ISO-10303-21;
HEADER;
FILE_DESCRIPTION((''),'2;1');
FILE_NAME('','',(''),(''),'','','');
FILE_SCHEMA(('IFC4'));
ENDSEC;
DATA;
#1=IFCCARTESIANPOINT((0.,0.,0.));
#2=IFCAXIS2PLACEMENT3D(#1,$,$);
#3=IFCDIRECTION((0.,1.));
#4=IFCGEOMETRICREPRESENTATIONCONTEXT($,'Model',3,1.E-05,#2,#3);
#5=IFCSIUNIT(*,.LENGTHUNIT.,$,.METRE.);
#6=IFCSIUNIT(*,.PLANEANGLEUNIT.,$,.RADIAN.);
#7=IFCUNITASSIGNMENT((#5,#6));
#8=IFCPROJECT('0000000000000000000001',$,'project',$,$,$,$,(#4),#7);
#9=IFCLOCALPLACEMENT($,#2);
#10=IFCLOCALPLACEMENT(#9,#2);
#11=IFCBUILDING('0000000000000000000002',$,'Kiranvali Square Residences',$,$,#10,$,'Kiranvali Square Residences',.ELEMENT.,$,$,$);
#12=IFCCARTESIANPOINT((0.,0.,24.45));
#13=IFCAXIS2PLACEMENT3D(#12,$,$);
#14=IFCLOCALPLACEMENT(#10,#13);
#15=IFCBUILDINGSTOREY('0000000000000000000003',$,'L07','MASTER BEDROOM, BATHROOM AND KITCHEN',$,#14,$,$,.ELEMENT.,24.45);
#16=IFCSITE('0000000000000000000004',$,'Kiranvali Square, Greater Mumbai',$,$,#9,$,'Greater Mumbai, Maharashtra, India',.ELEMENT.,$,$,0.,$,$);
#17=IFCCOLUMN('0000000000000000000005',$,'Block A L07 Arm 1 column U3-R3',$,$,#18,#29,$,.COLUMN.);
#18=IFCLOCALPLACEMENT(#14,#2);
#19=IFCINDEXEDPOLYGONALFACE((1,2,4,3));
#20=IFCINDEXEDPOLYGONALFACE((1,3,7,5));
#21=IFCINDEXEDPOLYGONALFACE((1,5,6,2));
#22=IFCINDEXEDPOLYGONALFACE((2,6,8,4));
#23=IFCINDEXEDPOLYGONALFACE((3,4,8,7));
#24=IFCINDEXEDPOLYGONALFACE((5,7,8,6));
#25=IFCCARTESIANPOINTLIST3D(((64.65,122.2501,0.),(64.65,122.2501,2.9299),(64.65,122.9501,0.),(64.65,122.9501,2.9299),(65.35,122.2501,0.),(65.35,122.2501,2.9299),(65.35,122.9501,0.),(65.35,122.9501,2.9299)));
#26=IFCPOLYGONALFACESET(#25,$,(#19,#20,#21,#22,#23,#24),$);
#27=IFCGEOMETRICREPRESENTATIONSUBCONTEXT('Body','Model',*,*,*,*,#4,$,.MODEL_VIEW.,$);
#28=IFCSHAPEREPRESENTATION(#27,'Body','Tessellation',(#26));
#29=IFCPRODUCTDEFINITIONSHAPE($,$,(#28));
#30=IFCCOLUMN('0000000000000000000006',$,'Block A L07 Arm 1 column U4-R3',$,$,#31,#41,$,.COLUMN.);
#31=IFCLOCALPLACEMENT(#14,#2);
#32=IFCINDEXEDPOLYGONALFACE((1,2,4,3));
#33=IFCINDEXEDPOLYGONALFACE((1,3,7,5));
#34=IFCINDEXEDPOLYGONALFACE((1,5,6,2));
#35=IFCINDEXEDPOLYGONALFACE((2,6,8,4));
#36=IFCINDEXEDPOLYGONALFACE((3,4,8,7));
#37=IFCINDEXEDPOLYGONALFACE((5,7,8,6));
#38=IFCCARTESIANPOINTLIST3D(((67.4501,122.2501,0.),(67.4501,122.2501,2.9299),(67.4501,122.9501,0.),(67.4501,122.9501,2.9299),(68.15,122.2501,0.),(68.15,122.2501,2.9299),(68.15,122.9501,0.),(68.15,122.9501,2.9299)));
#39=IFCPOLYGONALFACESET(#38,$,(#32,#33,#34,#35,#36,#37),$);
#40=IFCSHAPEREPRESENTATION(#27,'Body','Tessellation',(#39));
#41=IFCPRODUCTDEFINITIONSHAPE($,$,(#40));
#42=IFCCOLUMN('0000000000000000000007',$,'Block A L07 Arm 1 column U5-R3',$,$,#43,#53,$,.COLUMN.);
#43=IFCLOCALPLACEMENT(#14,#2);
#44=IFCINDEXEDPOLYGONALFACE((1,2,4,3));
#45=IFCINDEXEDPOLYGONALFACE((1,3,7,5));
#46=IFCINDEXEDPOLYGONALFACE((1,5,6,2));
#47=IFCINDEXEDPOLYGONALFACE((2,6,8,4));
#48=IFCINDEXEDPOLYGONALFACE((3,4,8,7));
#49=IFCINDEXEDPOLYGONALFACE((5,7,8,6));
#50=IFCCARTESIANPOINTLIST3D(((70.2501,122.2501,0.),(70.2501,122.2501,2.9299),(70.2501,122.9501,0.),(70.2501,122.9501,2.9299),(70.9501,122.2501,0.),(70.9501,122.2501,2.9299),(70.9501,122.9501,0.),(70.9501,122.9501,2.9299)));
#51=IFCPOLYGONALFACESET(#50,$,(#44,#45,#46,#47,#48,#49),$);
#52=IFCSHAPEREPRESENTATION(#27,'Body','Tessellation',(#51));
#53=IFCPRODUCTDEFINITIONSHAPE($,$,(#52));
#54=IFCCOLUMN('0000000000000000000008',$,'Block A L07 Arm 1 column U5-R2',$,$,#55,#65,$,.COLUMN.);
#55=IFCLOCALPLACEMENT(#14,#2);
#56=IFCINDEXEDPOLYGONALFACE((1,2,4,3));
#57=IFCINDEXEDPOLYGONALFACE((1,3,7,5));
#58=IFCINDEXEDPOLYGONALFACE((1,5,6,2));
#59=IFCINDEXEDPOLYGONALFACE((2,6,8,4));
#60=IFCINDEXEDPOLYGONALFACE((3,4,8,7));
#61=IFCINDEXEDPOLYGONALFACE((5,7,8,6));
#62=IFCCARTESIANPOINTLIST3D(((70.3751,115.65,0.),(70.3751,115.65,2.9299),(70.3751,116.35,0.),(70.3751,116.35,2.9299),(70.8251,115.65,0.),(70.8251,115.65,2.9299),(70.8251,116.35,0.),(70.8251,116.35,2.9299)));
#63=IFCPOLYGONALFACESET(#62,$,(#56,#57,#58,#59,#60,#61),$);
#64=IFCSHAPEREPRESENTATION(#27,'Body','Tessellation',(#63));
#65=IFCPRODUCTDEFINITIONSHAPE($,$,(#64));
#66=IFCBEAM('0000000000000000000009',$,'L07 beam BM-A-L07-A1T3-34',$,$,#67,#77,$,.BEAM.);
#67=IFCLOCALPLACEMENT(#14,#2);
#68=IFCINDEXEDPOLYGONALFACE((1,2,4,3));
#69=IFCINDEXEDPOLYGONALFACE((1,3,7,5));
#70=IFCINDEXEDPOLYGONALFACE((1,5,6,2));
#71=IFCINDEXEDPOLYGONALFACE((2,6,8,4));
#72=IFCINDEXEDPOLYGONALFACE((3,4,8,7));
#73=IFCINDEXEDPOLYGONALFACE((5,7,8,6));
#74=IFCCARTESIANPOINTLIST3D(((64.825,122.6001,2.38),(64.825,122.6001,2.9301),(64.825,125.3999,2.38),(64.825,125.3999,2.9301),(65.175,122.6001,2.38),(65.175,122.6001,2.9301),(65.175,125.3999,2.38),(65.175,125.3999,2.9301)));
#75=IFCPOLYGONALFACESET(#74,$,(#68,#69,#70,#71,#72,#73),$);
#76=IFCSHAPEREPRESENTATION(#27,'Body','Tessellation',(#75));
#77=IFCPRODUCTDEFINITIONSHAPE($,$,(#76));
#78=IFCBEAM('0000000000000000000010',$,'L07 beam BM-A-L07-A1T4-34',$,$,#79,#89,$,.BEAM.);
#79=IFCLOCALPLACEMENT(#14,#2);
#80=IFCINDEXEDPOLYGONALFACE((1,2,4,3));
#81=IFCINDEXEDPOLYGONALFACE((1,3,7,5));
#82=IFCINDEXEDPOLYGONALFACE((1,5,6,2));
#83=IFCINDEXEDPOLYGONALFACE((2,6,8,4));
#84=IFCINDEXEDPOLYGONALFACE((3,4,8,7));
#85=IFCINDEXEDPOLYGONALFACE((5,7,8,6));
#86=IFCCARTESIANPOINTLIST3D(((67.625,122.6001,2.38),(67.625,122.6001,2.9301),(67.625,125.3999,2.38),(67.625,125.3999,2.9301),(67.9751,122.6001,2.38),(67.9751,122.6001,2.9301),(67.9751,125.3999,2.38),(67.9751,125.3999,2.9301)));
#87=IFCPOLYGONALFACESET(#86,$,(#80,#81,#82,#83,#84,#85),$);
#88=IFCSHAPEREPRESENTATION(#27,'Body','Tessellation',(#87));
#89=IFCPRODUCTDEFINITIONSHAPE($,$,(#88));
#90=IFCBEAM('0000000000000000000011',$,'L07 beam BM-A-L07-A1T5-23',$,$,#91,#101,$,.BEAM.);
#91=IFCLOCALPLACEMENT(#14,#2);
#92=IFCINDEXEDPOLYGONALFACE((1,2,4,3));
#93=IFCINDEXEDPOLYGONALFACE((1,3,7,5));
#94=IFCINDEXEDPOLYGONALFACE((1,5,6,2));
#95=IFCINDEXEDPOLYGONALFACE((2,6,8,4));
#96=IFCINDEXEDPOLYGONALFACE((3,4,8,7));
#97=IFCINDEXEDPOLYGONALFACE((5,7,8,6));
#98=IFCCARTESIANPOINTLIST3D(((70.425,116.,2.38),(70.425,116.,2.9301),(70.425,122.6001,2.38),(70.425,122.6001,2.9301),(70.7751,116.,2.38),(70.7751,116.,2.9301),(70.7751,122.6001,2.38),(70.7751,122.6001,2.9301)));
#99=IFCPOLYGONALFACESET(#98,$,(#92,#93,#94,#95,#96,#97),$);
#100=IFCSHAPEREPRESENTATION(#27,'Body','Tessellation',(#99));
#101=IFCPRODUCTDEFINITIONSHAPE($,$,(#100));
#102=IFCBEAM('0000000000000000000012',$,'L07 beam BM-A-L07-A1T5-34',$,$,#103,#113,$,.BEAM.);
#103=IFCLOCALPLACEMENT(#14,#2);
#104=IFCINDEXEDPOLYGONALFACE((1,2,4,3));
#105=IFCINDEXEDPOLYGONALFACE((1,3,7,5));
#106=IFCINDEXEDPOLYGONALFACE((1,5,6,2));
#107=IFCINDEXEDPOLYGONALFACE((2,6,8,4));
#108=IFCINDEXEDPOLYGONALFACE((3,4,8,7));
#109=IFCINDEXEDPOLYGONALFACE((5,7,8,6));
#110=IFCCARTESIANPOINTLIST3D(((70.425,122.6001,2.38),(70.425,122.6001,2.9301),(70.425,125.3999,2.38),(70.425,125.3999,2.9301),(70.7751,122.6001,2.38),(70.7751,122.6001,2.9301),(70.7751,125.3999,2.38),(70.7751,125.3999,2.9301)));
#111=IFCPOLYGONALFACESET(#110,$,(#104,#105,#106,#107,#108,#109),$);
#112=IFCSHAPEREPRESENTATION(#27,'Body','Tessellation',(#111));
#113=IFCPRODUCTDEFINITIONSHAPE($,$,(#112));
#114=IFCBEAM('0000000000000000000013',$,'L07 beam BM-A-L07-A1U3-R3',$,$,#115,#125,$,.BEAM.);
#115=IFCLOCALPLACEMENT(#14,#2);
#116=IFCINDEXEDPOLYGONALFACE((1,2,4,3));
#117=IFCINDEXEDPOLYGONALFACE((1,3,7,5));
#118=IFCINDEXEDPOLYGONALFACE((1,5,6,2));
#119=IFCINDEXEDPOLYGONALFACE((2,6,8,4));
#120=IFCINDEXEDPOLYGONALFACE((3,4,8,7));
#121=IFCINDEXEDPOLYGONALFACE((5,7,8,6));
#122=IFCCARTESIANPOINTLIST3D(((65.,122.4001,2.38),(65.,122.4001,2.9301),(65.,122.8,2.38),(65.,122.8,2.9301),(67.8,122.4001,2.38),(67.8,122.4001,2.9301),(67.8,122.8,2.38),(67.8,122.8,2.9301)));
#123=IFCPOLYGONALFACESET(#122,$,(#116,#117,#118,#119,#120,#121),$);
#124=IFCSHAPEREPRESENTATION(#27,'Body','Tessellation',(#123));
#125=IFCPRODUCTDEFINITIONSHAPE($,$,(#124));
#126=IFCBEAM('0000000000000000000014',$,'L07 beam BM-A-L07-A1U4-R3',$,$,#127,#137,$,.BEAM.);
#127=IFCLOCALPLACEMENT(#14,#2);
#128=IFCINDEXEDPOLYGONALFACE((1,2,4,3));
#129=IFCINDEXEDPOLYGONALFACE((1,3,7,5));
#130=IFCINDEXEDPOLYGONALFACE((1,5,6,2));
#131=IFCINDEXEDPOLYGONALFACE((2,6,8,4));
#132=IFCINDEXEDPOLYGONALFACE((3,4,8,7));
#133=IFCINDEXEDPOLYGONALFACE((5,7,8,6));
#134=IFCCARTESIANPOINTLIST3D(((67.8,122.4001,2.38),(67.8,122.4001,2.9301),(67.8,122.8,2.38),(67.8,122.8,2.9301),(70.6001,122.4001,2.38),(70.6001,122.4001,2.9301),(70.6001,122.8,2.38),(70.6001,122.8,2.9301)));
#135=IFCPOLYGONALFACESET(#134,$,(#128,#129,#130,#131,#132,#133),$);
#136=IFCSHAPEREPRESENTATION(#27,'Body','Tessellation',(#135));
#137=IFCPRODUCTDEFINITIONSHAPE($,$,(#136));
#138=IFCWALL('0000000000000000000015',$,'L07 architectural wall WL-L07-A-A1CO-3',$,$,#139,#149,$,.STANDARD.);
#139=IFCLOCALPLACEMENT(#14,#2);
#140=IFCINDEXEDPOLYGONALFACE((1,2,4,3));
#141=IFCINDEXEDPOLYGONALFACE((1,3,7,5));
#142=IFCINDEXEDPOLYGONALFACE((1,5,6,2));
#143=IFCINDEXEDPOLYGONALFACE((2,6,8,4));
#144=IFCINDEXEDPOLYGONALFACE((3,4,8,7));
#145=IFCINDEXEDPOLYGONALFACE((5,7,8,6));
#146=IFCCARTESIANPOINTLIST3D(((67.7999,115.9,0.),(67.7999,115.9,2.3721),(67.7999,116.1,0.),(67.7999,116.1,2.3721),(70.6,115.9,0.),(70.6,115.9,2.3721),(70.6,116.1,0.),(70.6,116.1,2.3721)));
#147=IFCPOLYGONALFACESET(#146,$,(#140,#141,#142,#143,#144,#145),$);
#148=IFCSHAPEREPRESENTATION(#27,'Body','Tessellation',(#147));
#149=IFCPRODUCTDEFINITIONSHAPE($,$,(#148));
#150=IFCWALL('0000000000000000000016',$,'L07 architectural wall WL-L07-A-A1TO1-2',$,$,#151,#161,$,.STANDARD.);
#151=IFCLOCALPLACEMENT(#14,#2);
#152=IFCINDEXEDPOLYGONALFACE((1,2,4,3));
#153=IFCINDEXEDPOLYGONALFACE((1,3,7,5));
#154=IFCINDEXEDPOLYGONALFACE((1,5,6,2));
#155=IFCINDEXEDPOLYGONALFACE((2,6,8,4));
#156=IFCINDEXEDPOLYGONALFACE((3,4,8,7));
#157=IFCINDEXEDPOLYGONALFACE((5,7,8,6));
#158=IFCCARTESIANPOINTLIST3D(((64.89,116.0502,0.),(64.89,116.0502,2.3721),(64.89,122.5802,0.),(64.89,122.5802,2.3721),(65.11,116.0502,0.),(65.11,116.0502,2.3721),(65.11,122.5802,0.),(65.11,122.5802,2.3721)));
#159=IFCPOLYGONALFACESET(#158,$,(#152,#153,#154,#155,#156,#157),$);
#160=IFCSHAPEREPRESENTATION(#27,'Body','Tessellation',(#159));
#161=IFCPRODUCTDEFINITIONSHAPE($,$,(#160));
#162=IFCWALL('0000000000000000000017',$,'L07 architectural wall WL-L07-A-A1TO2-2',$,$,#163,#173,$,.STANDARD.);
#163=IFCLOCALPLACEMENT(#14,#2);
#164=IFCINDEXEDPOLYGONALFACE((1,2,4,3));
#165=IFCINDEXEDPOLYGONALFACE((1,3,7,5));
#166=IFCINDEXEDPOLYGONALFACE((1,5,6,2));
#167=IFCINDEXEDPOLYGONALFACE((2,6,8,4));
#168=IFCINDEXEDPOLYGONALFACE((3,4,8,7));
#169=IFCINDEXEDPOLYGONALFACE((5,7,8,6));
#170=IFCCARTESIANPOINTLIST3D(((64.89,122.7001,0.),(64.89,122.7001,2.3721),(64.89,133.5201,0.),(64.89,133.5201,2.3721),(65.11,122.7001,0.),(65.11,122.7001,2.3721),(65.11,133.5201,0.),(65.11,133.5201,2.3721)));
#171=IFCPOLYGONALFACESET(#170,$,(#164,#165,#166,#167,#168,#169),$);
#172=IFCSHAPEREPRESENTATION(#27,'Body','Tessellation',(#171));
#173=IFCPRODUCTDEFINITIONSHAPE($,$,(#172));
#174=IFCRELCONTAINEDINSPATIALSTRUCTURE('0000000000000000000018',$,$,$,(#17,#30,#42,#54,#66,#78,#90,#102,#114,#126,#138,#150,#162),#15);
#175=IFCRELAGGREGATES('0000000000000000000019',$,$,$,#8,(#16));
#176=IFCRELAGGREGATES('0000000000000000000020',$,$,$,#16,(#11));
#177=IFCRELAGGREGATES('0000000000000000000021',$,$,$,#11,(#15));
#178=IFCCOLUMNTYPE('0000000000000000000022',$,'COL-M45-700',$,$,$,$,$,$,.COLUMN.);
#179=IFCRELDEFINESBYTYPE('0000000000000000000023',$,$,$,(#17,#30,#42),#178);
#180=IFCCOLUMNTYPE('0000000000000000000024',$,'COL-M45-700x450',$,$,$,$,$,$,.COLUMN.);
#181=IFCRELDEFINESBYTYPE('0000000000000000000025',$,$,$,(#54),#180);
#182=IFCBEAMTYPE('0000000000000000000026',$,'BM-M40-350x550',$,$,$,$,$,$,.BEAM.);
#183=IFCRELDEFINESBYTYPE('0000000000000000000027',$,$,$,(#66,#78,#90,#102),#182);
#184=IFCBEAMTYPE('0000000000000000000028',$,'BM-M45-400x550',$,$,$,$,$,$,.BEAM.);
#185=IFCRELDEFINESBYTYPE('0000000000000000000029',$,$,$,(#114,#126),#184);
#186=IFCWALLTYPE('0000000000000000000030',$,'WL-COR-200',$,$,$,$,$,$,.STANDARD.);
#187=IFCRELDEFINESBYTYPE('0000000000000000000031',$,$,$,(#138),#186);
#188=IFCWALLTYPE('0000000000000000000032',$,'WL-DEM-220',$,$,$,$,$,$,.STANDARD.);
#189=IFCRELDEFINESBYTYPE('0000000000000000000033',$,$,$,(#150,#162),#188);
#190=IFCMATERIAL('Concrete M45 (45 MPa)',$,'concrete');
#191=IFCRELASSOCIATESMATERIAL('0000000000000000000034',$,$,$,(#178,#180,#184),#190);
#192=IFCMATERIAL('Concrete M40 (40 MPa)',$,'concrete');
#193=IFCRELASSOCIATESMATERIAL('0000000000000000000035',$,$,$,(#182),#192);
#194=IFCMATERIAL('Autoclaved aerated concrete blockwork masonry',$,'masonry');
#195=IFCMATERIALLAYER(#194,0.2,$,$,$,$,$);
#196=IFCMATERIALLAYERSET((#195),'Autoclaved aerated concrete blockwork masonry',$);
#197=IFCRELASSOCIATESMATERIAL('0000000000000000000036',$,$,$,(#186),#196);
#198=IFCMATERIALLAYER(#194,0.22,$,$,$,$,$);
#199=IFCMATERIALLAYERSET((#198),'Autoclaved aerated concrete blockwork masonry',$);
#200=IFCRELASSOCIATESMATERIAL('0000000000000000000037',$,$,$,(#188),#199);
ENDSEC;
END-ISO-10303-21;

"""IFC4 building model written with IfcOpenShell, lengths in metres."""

from ifc_helpers import new_model, si_unit, direction, frame, frame_2d, origin, origin_2d, place, context, subcontext, project, spatial, rectangle, extrude, material, layer, layer_set, material_profile, profile_set, type_object, element, save


model = new_model("IFC4")

# Units and contexts
model_context = context("Model", 3, precision=1e-05, world=origin(), true_north=direction((0.0, 1.0)))
body_context = subcontext(model_context, "Body", "Model", "MODEL_VIEW")
ifc_project = project(units=[si_unit("LENGTHUNIT", "METRE"), si_unit("PLANEANGLEUNIT", "RADIAN")], contexts=[model_context])

# Site, building, storey
site_placement = place(None, origin())
site = spatial("IfcSite", under=ifc_project, at=site_placement, Name="Kiranvali Square, Greater Mumbai", LongName="Greater Mumbai, Maharashtra, India", CompositionType="ELEMENT", RefElevation=0.0)
building_placement = place(site_placement, origin())
building = spatial("IfcBuilding", under=site, at=building_placement, Name="Kiranvali Square Residences", LongName="Kiranvali Square Residences", CompositionType="ELEMENT")
storey_placement = place(building_placement, frame((0.0, 0.0, 24.45)))
storey = spatial("IfcBuildingStorey", under=building, at=storey_placement, Name="L07", Description="MASTER BEDROOM, BATHROOM AND KITCHEN", CompositionType="ELEMENT", Elevation=24.45)

# Columns
ifc_material_1 = material(Name="Concrete M45 (45 MPa)", Category="concrete")
ifc_material_profile_1 = material_profile(ifc_material_1, rectangle(XDim=0.7, YDim=0.7, at=origin_2d()), Name="RC 700x700")
ifc_profile_set_1 = profile_set([ifc_material_profile_1], Name="Concrete M45 (45 MPa)")
column_type_1 = type_object("IfcColumnType", Name="COL-M45-700", PredefinedType="COLUMN", material=ifc_profile_set_1)
for number, where, z_axis, x_axis, name in (
    (1, (65.0, 122.6001, 0.0), (0.0, 0.0, 1.0), (1.0, 0.0, 0.0), "Block A L07 Arm 1 column U3-R3"),
    (2, (67.8, 122.6001, 0.0), (0.0, 0.0, 1.0), (1.0, 0.0, 0.0), "Block A L07 Arm 1 column U4-R3"),
    (3, (70.6001, 122.6001, 0.0), (0.0, 0.0, 1.0), (1.0, 0.0, 0.0), "Block A L07 Arm 1 column U5-R3"),
):
    element("IfcColumn", number, at=place(storey_placement, frame(where, z_axis=z_axis, x_axis=x_axis)), inside=storey, type_object=column_type_1, Name=name, PredefinedType="COLUMN", context=body_context, shape_type="SweptSolid", body=[
        extrude(rectangle(XDim=0.7, YDim=0.7, at=origin_2d()), origin(), (0.0, 0.0, 1.0), 2.9299),
    ])
ifc_material_profile_2 = material_profile(ifc_material_1, rectangle(XDim=0.45, YDim=0.7, at=origin_2d()), Name="RC 700x450")
ifc_profile_set_2 = profile_set([ifc_material_profile_2], Name="Concrete M45 (45 MPa)")
column_type_2 = type_object("IfcColumnType", Name="COL-M45-700x450", PredefinedType="COLUMN", material=ifc_profile_set_2)
column_placement = place(storey_placement, frame((70.6001, 116.0, 0.0), z_axis=(0.0, 0.0, 1.0), x_axis=(1.0, 0.0, 0.0)))
element("IfcColumn", 4, at=column_placement, inside=storey, type_object=column_type_2, Name="Block A L07 Arm 1 column U5-R2", PredefinedType="COLUMN", context=body_context, shape_type="SweptSolid", body=[
    extrude(rectangle(XDim=0.45, YDim=0.7, at=origin_2d()), origin(), (0.0, 0.0, 1.0), 2.9299),
])

# Beams
ifc_material_2 = material(Name="Concrete M40 (40 MPa)", Category="concrete")
ifc_material_profile_3 = material_profile(ifc_material_2, rectangle(XDim=0.3501, YDim=0.55, at=origin_2d()), Name="RC 350x550")
ifc_profile_set_3 = profile_set([ifc_material_profile_3], Name="Concrete M40 (40 MPa)")
beam_type_1 = type_object("IfcBeamType", Name="BM-M40-350x550", PredefinedType="BEAM", material=ifc_profile_set_3)
for number, where, z_axis, x_axis, name in (
    (5, (65.0, 122.6001, 2.655), (0.0, 1.0, 0.0), (-1.0, 0.0, 0.0), "L07 beam BM-A-L07-A1T3-34"),
    (6, (67.8, 122.6001, 2.655), (0.0, 1.0, 0.0), (-1.0, 0.0, 0.0), "L07 beam BM-A-L07-A1T4-34"),
):
    element("IfcBeam", number, at=place(storey_placement, frame(where, z_axis=z_axis, x_axis=x_axis)), inside=storey, type_object=beam_type_1, Name=name, PredefinedType="BEAM", context=body_context, shape_type="SweptSolid", body=[
        extrude(rectangle(XDim=0.3501, YDim=0.55, at=origin_2d()), origin(), (0.0, 0.0, 1.0), 2.7998),
    ])
beam_1_placement = place(storey_placement, frame((70.6001, 116.0, 2.655), z_axis=(0.0, 1.0, 0.0), x_axis=(-1.0, 0.0, 0.0)))
element("IfcBeam", 7, at=beam_1_placement, inside=storey, type_object=beam_type_1, Name="L07 beam BM-A-L07-A1T5-23", PredefinedType="BEAM", context=body_context, shape_type="SweptSolid", body=[
    extrude(rectangle(XDim=0.3501, YDim=0.55, at=origin_2d()), origin(), (0.0, 0.0, 1.0), 6.6001),
])
beam_2_placement = place(storey_placement, frame((70.6001, 122.6001, 2.655), z_axis=(0.0, 1.0, 0.0), x_axis=(-1.0, 0.0, 0.0)))
element("IfcBeam", 8, at=beam_2_placement, inside=storey, type_object=beam_type_1, Name="L07 beam BM-A-L07-A1T5-34", PredefinedType="BEAM", context=body_context, shape_type="SweptSolid", body=[
    extrude(rectangle(XDim=0.3501, YDim=0.55, at=origin_2d()), origin(), (0.0, 0.0, 1.0), 2.7998),
])
ifc_material_profile_4 = material_profile(ifc_material_1, rectangle(XDim=0.3999, YDim=0.55, at=origin_2d()), Name="RC 400x550")
ifc_profile_set_4 = profile_set([ifc_material_profile_4], Name="Concrete M45 (45 MPa)")
beam_type_2 = type_object("IfcBeamType", Name="BM-M45-400x550", PredefinedType="BEAM", material=ifc_profile_set_4)
for number, where, z_axis, x_axis, name in (
    (9, (65.0, 122.6001, 2.655), (1.0, 0.0, 0.0), (0.0, 1.0, 0.0), "L07 beam BM-A-L07-A1U3-R3"),
    (10, (67.8, 122.6001, 2.655), (1.0, 0.0, 0.0), (0.0, 1.0, 0.0), "L07 beam BM-A-L07-A1U4-R3"),
):
    element("IfcBeam", number, at=place(storey_placement, frame(where, z_axis=z_axis, x_axis=x_axis)), inside=storey, type_object=beam_type_2, Name=name, PredefinedType="BEAM", context=body_context, shape_type="SweptSolid", body=[
        extrude(rectangle(XDim=0.3999, YDim=0.55, at=origin_2d()), origin(), (0.0, 0.0, 1.0), 2.8),
    ])

# Walls
ifc_material_3 = material(Name="Autoclaved aerated concrete blockwork masonry", Category="masonry")
ifc_layer_1 = layer(ifc_material_3, 0.2)
ifc_layer_set_1 = layer_set([ifc_layer_1], Name="Autoclaved aerated concrete blockwork masonry")
wall_type_1 = type_object("IfcWallType", Name="WL-COR-200", PredefinedType="STANDARD", material=ifc_layer_set_1)
wall_1_placement = place(storey_placement, frame((67.8, 116.0, 0.0), z_axis=(0.0, 0.0, 1.0), x_axis=(1.0, 0.0, 0.0)))
element("IfcWall", 11, at=wall_1_placement, inside=storey, type_object=wall_type_1, Name="L07 architectural wall WL-L07-A-A1CO-3", PredefinedType="STANDARD", context=body_context, shape_type="SweptSolid", body=[
    extrude(rectangle(XDim=2.8, YDim=0.2, at=frame_2d((1.3999, 0.0))), origin(), (0.0, 0.0, 1.0), 2.3721),
])
ifc_layer_2 = layer(ifc_material_3, 0.22)
ifc_layer_set_2 = layer_set([ifc_layer_2], Name="Autoclaved aerated concrete blockwork masonry")
wall_type_2 = type_object("IfcWallType", Name="WL-DEM-220", PredefinedType="STANDARD", material=ifc_layer_set_2)
wall_2_placement = place(storey_placement, frame((65.0, 116.05, 0.0), z_axis=(0.0, 0.0, 1.0), x_axis=(0.0, 1.0, 0.0)))
element("IfcWall", 12, at=wall_2_placement, inside=storey, type_object=wall_type_2, Name="L07 architectural wall WL-L07-A-A1TO1-2", PredefinedType="STANDARD", context=body_context, shape_type="SweptSolid", body=[
    extrude(rectangle(XDim=6.53, YDim=0.22, at=frame_2d((3.2651, 0.0))), origin(), (0.0, 0.0, 1.0), 2.3721),
])
wall_3_placement = place(storey_placement, frame((65.0, 122.7, 0.0), z_axis=(0.0, 0.0, 1.0), x_axis=(0.0, 1.0, 0.0)))
element("IfcWall", 13, at=wall_3_placement, inside=storey, type_object=wall_type_2, Name="L07 architectural wall WL-L07-A-A1TO2-2", PredefinedType="STANDARD", context=body_context, shape_type="SweptSolid", body=[
    extrude(rectangle(XDim=10.8201, YDim=0.22, at=frame_2d((5.4102, 0.0))), origin(), (0.0, 0.0, 1.0), 2.3721),
])

save(model, "model.ifc")
